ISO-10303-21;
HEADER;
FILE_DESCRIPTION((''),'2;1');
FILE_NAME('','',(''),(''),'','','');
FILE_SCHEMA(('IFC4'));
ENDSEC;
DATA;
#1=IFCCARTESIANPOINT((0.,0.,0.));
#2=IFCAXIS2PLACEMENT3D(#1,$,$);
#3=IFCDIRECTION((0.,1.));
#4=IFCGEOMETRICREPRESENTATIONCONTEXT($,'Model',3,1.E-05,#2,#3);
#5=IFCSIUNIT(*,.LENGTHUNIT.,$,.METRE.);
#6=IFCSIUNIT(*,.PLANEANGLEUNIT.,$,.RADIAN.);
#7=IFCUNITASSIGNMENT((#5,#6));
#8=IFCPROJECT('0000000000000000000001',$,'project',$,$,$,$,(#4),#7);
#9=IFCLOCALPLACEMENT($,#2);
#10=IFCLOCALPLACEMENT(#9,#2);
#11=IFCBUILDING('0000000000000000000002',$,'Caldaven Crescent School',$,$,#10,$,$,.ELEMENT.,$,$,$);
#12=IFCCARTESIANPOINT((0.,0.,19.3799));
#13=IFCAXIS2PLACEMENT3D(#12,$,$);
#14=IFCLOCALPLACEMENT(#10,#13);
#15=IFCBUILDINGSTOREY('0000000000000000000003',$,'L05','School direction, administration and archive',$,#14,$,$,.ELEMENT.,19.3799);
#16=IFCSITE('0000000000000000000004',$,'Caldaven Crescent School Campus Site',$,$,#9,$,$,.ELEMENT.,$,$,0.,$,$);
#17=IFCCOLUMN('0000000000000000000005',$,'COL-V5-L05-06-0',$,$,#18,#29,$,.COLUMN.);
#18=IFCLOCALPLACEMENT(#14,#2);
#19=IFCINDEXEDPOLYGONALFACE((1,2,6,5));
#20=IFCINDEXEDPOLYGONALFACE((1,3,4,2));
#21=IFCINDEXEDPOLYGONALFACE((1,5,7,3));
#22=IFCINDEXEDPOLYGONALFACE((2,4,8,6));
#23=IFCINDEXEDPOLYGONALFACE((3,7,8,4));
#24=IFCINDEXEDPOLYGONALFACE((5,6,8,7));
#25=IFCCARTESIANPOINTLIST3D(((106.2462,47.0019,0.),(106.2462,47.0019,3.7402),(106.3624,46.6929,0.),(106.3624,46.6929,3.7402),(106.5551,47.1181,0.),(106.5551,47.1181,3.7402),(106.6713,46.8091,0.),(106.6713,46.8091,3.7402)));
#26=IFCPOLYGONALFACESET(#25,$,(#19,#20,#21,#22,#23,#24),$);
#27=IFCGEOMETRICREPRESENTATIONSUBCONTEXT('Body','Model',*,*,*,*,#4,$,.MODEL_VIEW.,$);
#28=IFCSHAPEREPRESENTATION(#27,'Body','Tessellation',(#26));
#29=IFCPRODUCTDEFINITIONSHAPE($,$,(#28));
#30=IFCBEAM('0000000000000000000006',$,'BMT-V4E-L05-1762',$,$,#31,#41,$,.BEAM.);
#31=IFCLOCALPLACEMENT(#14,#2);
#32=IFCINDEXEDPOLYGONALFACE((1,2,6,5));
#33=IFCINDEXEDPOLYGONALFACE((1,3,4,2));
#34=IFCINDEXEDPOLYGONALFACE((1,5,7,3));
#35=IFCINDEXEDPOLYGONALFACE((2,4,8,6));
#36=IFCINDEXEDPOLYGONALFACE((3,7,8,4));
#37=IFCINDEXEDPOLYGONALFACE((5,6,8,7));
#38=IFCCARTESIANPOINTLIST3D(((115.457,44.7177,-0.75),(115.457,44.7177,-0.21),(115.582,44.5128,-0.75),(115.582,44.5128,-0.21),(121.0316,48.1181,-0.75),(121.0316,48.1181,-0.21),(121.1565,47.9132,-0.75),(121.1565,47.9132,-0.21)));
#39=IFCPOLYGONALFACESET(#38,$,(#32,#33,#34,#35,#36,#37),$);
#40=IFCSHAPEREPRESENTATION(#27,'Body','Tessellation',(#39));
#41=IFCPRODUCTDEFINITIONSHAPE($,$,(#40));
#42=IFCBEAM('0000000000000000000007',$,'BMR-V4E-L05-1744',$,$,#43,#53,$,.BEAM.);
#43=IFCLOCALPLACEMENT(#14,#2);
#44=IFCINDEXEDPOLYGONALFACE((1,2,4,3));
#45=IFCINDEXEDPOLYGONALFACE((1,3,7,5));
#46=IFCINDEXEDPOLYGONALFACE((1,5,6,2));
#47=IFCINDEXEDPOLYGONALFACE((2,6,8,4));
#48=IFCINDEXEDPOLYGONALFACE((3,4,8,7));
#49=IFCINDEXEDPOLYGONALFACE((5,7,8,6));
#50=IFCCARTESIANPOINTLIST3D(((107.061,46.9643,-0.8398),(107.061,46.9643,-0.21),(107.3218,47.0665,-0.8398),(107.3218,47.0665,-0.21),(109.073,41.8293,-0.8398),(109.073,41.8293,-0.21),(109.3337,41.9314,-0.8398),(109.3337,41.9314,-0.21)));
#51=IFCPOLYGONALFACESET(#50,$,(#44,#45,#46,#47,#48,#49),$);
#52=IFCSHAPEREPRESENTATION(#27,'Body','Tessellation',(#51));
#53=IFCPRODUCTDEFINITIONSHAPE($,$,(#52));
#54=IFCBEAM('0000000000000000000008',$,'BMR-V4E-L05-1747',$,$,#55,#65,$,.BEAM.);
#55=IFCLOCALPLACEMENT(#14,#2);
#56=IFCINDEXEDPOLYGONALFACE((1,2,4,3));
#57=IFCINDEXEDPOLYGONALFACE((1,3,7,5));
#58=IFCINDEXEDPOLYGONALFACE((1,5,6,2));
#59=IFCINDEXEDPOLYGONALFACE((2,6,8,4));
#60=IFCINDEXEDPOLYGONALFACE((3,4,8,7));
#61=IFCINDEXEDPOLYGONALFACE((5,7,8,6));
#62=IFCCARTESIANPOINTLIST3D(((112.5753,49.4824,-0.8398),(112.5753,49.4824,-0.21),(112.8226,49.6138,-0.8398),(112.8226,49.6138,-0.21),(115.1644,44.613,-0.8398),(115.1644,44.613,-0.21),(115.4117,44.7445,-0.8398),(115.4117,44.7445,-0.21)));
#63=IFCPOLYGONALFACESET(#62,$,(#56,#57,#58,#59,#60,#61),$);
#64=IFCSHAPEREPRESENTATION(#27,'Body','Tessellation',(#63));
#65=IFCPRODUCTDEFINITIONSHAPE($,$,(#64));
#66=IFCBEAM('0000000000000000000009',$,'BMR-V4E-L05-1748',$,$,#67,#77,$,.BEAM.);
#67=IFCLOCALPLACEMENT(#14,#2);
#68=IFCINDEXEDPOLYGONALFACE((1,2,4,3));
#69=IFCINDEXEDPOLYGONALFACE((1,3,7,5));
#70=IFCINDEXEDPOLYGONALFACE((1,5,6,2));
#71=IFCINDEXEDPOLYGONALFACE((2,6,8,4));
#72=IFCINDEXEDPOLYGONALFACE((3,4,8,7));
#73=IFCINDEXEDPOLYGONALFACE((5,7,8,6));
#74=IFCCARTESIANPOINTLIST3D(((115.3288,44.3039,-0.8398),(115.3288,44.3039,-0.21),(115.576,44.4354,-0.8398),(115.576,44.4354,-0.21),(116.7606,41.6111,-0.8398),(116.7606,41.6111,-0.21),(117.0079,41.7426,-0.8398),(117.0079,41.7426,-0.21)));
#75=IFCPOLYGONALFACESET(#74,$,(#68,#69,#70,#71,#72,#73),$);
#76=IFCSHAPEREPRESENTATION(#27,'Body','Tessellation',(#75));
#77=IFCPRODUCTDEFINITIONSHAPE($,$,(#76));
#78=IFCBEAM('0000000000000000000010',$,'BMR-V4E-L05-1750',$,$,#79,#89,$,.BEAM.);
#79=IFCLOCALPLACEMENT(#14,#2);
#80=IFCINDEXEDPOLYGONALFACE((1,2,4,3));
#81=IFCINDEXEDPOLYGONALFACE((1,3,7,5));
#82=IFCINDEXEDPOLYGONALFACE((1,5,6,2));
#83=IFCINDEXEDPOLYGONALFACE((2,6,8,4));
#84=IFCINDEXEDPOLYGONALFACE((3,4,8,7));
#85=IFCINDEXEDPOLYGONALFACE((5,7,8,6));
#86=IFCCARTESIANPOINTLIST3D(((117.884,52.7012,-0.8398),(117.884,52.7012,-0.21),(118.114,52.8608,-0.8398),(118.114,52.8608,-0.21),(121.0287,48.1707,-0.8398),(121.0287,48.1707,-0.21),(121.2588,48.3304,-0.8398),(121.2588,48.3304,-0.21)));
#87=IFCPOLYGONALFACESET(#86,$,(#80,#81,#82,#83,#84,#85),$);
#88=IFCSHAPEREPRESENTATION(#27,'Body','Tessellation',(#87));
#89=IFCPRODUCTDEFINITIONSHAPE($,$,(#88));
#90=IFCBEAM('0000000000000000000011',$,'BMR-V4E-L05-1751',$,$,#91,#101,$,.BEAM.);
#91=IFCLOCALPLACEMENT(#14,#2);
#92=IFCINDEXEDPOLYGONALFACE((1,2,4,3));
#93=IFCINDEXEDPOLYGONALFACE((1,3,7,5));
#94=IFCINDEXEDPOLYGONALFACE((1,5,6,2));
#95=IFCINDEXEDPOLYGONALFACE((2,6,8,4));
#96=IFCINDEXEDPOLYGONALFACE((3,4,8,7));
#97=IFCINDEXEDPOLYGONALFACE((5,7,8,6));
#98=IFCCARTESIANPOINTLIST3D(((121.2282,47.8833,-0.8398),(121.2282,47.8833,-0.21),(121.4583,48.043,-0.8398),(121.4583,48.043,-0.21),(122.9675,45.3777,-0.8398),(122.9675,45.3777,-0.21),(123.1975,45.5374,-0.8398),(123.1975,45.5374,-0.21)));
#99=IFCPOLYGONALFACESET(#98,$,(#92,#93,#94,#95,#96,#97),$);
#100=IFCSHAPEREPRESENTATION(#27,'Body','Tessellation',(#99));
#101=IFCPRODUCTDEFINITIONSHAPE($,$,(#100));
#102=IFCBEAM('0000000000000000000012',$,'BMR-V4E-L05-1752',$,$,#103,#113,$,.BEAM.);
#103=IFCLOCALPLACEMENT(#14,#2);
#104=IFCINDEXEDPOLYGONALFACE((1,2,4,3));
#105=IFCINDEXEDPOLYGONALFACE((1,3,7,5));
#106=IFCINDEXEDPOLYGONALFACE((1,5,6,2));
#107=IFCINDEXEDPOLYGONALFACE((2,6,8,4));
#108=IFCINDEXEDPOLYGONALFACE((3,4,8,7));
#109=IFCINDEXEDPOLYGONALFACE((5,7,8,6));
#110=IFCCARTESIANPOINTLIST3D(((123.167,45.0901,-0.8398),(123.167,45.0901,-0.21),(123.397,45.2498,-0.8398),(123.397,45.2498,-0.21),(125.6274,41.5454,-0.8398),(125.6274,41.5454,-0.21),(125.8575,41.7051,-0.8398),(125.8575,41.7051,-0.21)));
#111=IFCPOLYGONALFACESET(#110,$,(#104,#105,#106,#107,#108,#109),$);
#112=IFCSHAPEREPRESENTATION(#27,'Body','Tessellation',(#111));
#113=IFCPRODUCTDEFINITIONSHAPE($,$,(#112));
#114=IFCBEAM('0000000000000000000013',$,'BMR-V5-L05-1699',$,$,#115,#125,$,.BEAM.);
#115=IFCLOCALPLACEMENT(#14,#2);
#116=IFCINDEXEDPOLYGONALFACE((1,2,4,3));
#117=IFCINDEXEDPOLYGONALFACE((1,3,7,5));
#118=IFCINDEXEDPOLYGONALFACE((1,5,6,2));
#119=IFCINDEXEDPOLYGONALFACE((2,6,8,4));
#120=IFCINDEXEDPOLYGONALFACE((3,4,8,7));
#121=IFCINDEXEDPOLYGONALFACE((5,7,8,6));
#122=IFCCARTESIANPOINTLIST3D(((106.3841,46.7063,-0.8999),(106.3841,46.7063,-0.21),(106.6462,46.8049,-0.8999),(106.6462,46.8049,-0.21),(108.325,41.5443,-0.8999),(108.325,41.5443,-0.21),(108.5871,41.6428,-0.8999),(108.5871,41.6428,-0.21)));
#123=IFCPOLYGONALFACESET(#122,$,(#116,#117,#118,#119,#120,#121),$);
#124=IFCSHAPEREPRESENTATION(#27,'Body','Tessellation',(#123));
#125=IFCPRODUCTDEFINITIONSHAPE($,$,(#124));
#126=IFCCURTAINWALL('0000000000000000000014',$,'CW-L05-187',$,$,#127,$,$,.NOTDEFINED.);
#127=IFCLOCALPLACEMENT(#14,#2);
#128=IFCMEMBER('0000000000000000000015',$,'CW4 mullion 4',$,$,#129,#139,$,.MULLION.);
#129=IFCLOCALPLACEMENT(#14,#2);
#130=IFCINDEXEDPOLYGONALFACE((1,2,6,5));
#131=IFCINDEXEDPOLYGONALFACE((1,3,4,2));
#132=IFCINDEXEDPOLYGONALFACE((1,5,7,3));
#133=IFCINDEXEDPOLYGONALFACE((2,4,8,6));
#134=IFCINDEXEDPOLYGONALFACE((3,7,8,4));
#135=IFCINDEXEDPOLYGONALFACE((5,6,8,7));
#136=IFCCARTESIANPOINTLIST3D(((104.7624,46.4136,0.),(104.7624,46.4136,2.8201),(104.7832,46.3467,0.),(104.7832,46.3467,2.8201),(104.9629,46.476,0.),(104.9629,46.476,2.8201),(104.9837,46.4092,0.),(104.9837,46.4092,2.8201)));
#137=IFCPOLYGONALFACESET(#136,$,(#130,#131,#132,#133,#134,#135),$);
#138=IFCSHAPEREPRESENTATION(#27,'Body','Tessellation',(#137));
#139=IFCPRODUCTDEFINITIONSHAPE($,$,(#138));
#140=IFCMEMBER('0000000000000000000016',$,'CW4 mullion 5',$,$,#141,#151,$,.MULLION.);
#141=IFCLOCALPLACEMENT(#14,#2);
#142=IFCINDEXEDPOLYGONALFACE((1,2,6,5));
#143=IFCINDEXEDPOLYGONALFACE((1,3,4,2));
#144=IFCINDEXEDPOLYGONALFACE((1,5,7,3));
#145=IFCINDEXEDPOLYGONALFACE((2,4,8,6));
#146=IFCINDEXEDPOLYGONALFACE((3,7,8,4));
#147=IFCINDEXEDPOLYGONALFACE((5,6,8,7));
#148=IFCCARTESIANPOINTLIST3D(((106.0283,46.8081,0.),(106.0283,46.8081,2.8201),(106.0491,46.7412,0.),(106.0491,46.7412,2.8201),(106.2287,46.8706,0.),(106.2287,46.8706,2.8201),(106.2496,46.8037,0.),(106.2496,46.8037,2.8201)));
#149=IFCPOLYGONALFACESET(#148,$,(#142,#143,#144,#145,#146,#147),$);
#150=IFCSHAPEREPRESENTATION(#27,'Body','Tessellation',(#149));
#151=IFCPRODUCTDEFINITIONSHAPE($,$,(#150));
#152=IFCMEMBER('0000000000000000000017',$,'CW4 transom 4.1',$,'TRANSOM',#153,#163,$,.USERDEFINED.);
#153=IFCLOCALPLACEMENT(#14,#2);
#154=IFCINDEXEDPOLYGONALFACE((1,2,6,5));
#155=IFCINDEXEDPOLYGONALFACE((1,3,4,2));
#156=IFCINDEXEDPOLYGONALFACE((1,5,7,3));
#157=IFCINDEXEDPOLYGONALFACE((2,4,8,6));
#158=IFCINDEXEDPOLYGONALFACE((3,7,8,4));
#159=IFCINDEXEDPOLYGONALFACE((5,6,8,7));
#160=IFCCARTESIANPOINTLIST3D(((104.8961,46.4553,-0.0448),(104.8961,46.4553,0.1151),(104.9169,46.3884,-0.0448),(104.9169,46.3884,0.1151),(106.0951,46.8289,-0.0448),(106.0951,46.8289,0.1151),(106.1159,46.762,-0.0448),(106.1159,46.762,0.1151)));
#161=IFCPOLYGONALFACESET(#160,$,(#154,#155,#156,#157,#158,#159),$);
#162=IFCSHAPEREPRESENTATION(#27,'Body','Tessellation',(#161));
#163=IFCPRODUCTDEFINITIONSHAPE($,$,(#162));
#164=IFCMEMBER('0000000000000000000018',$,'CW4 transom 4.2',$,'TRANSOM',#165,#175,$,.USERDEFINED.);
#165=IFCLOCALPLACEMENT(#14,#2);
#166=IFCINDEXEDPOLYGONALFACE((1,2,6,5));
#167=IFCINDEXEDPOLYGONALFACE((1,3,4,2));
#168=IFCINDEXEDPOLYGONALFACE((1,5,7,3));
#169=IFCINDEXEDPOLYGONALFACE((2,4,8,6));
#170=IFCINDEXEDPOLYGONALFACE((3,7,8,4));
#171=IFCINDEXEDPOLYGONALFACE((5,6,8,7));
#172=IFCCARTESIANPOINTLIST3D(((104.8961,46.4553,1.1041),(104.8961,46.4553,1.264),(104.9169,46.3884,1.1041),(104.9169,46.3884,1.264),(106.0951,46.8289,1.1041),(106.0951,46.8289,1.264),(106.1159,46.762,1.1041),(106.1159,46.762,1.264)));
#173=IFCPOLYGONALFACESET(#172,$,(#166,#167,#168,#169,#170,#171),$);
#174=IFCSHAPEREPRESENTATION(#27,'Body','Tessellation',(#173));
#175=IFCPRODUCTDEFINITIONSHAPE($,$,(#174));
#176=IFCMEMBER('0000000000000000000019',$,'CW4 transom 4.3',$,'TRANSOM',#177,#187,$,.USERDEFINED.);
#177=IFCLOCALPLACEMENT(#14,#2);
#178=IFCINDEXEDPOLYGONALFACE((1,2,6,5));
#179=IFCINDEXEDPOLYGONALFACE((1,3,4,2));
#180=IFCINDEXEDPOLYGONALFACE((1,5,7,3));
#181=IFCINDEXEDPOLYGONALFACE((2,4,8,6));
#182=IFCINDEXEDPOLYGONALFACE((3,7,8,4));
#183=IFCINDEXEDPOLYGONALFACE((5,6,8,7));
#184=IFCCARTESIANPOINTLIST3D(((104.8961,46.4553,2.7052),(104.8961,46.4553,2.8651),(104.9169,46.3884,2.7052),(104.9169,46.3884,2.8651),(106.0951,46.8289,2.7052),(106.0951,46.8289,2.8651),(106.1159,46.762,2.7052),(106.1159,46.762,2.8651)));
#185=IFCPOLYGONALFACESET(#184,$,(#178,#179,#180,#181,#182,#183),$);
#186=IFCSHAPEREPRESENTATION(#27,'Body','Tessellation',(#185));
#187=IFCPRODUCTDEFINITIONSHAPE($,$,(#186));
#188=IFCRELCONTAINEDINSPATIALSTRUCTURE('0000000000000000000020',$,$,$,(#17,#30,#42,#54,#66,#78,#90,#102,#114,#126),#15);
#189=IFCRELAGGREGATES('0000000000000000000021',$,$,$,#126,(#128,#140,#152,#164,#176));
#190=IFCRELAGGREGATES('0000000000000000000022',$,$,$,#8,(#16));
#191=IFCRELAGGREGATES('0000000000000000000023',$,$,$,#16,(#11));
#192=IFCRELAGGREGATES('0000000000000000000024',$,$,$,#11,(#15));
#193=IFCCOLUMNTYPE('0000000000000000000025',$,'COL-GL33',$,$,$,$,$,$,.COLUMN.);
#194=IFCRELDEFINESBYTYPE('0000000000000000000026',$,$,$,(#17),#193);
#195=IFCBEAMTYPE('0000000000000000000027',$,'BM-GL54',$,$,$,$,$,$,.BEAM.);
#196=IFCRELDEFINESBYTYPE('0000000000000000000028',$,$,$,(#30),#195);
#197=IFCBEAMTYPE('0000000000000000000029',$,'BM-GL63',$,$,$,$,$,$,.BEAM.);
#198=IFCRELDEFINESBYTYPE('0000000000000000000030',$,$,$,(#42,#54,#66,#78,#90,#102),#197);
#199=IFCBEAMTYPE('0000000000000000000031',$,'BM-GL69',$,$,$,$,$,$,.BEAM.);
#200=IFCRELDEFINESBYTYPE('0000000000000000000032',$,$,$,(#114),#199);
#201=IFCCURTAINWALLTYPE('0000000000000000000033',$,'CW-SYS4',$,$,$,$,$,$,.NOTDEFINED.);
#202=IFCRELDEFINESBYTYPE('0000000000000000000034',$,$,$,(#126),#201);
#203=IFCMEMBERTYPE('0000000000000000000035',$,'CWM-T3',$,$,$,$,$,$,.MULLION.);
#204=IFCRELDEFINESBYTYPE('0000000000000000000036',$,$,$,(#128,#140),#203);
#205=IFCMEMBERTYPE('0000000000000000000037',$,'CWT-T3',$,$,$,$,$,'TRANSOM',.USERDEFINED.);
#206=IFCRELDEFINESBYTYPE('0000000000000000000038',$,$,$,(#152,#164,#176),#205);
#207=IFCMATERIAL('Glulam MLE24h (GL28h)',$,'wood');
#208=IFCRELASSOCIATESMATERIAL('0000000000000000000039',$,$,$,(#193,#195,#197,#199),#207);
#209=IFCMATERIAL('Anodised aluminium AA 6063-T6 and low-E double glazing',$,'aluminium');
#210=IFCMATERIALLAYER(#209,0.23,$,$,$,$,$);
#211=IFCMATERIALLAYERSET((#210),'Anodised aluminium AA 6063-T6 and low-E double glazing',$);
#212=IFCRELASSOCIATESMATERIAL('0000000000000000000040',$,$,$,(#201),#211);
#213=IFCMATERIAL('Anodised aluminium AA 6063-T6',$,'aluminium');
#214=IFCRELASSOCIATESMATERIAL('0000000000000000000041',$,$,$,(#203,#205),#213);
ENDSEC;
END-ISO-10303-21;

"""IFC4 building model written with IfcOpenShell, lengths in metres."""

from ifc_helpers import new_model, si_unit, direction, frame, origin, origin_2d, place, context, subcontext, project, spatial, rectangle, extrude, material, layer, layer_set, material_profile, profile_set, type_object, element, aggregate, save


model = new_model("IFC4")

# Units and contexts
model_context = context("Model", 3, precision=1e-05, world=origin(), true_north=direction((0.0, 1.0)))
body_context = subcontext(model_context, "Body", "Model", "MODEL_VIEW")
ifc_project = project(units=[si_unit("LENGTHUNIT", "METRE"), si_unit("PLANEANGLEUNIT", "RADIAN")], contexts=[model_context])

# Site, building, storey
site_placement = place(None, origin())
site = spatial("IfcSite", under=ifc_project, at=site_placement, Name="Caldaven Crescent School Campus Site", CompositionType="ELEMENT", RefElevation=0.0)
building_placement = place(site_placement, origin())
building = spatial("IfcBuilding", under=site, at=building_placement, Name="Caldaven Crescent School", CompositionType="ELEMENT")
storey_placement = place(building_placement, frame((0.0, 0.0, 19.3799)))
storey = spatial("IfcBuildingStorey", under=building, at=storey_placement, Name="L05", Description="School direction, administration and archive", CompositionType="ELEMENT", Elevation=19.3799)

# Column
ifc_material_1 = material(Name="Glulam MLE24h (GL28h)", Category="wood")
ifc_material_profile_1 = material_profile(ifc_material_1, rectangle(XDim=0.3301, YDim=0.3301, at=origin_2d()), Name="MLE 330x330")
ifc_profile_set_1 = profile_set([ifc_material_profile_1], Name="Glulam MLE24h (GL28h)")
column_type = type_object("IfcColumnType", Name="COL-GL33", PredefinedType="COLUMN", material=ifc_profile_set_1)
column_placement = place(storey_placement, frame((106.4587, 46.9055, 0.0), z_axis=(0.0, 0.0, 1.0), x_axis=(0.352005, -0.935998, 0.0)))
element("IfcColumn", 1, at=column_placement, inside=storey, type_object=column_type, Name="COL-V5-L05-06-0", PredefinedType="COLUMN", context=body_context, shape_type="SweptSolid", body=[
    extrude(rectangle(XDim=0.3301, YDim=0.3301, at=origin_2d()), origin(), (0.0, 0.0, 1.0), 3.7402),
])

# Beams
ifc_material_profile_2 = material_profile(ifc_material_1, rectangle(XDim=0.24, YDim=0.54, at=origin_2d()), Name="MLE 240x540")
ifc_profile_set_2 = profile_set([ifc_material_profile_2], Name="Glulam MLE24h (GL28h)")
beam_type_1 = type_object("IfcBeamType", Name="BM-GL54", PredefinedType="BEAM", material=ifc_profile_set_2)
beam_1_placement = place(storey_placement, frame((115.5195, 44.6152, -0.48), z_axis=(0.853706, 0.520756, 0.0), x_axis=(-0.520756, 0.853706, 0.0)))
element("IfcBeam", 2, at=beam_1_placement, inside=storey, type_object=beam_type_1, Name="BMT-V4E-L05-1762", PredefinedType="BEAM", context=body_context, shape_type="SweptSolid", body=[
    extrude(rectangle(XDim=0.24, YDim=0.54, at=origin_2d()), origin(), (0.0, 0.0, 1.0), 6.5298),
])
ifc_material_profile_3 = material_profile(ifc_material_1, rectangle(XDim=0.28, YDim=0.6299, at=origin_2d()), Name="MLE 280x630")
ifc_profile_set_3 = profile_set([ifc_material_profile_3], Name="Glulam MLE24h (GL28h)")
beam_type_2 = type_object("IfcBeamType", Name="BM-GL63", PredefinedType="BEAM", material=ifc_profile_set_3)
beam_2_placement = place(storey_placement, frame((107.1914, 47.0154, -0.5249), z_axis=(0.36481, -0.931082, 0.0), x_axis=(0.931082, 0.36481, 0.0)))
element("IfcBeam", 3, at=beam_2_placement, inside=storey, type_object=beam_type_2, Name="BMR-V4E-L05-1744", PredefinedType="BEAM", context=body_context, shape_type="SweptSolid", body=[
    extrude(rectangle(XDim=0.28, YDim=0.6299, at=origin_2d()), origin(), (0.0, 0.0, 1.0), 5.5151),
])
beam_3_placement = place(storey_placement, frame((112.699, 49.5481, -0.5249), z_axis=(0.469473, -0.882947, 0.0), x_axis=(0.882947, 0.469473, 0.0)))
element("IfcBeam", 4, at=beam_3_placement, inside=storey, type_object=beam_type_2, Name="BMR-V4E-L05-1747", PredefinedType="BEAM", context=body_context, shape_type="SweptSolid", body=[
    extrude(rectangle(XDim=0.28, YDim=0.6299, at=origin_2d()), origin(), (0.0, 0.0, 1.0), 5.5149),
])
beam_4_placement = place(storey_placement, frame((115.4524, 44.3696, -0.5249), z_axis=(0.469487, -0.882939, 0.0), x_axis=(0.882939, 0.469487, 0.0)))
element("IfcBeam", 5, at=beam_4_placement, inside=storey, type_object=beam_type_2, Name="BMR-V4E-L05-1748", PredefinedType="BEAM", context=body_context, shape_type="SweptSolid", body=[
    extrude(rectangle(XDim=0.28, YDim=0.6299, at=origin_2d()), origin(), (0.0, 0.0, 1.0), 3.0498),
])
beam_5_placement = place(storey_placement, frame((117.999, 52.781, -0.5249), z_axis=(0.570222, -0.82149, 0.0), x_axis=(0.82149, 0.570222, 0.0)))
element("IfcBeam", 6, at=beam_5_placement, inside=storey, type_object=beam_type_2, Name="BMR-V4E-L05-1750", PredefinedType="BEAM", context=body_context, shape_type="SweptSolid", body=[
    extrude(rectangle(XDim=0.28, YDim=0.6299, at=origin_2d()), origin(), (0.0, 0.0, 1.0), 5.5149),
])
beam_6_placement = place(storey_placement, frame((121.3433, 47.9631, -0.5249), z_axis=(0.570229, -0.821486, 0.0), x_axis=(0.821486, 0.570229, 0.0)))
element("IfcBeam", 7, at=beam_6_placement, inside=storey, type_object=beam_type_2, Name="BMR-V4E-L05-1751", PredefinedType="BEAM", context=body_context, shape_type="SweptSolid", body=[
    extrude(rectangle(XDim=0.28, YDim=0.6299, at=origin_2d()), origin(), (0.0, 0.0, 1.0), 3.05),
])
beam_7_placement = place(storey_placement, frame((123.282, 45.1699, -0.5249), z_axis=(0.570219, -0.821493, 0.0), x_axis=(0.821493, 0.570219, 0.0)))
element("IfcBeam", 8, at=beam_7_placement, inside=storey, type_object=beam_type_2, Name="BMR-V4E-L05-1752", PredefinedType="BEAM", context=body_context, shape_type="SweptSolid", body=[
    extrude(rectangle(XDim=0.28, YDim=0.6299, at=origin_2d()), origin(), (0.0, 0.0, 1.0), 4.3149),
])
ifc_material_profile_4 = material_profile(ifc_material_1, rectangle(XDim=0.28, YDim=0.6899, at=origin_2d()), Name="MLE 280x690")
ifc_profile_set_4 = profile_set([ifc_material_profile_4], Name="Glulam MLE24h (GL28h)")
beam_type_3 = type_object("IfcBeamType", Name="BM-GL69", PredefinedType="BEAM", material=ifc_profile_set_4)
beam_8_placement = place(storey_placement, frame((106.5151, 46.7556, -0.5549), z_axis=(0.351938, -0.936023, 0.0), x_axis=(0.936023, 0.351938, 0.0)))
element("IfcBeam", 9, at=beam_8_placement, inside=storey, type_object=beam_type_3, Name="BMR-V5-L05-1699", PredefinedType="BEAM", context=body_context, shape_type="SweptSolid", body=[
    extrude(rectangle(XDim=0.28, YDim=0.6899, at=origin_2d()), origin(), (0.0, 0.0, 1.0), 5.5149),
])

# Curtain wall, members
ifc_material_2 = material(Name="Anodised aluminium AA 6063-T6 and low-E double glazing", Category="aluminium")
ifc_layer_1 = layer(ifc_material_2, 0.23)
ifc_layer_set_1 = layer_set([ifc_layer_1], Name="Anodised aluminium AA 6063-T6 and low-E double glazing")
curtain_wall_type = type_object("IfcCurtainWallType", Name="CW-SYS4", PredefinedType="NOTDEFINED", material=ifc_layer_set_1)
curtain_wall_placement = place(storey_placement, origin())
curtain_wall = element("IfcCurtainWall", 10, at=curtain_wall_placement, inside=storey, type_object=curtain_wall_type, Name="CW-L05-187", PredefinedType="NOTDEFINED")
ifc_material_3 = material(Name="Anodised aluminium AA 6063-T6", Category="aluminium")
ifc_material_profile_5 = material_profile(ifc_material_3, rectangle(XDim=0.0701, YDim=0.21, at=origin_2d()), Name="CWM 70x210")
ifc_profile_set_5 = profile_set([ifc_material_profile_5], Name="Anodised aluminium AA 6063-T6")
member_type_1 = type_object("IfcMemberType", Name="CWM-T3", PredefinedType="MULLION", material=ifc_profile_set_5)
member_1_placement = place(storey_placement, frame((104.873, 46.4114, 0.0), z_axis=(0.0, 0.0, 1.0), x_axis=(-0.29742, 0.954747, 0.0)))
member_1 = element("IfcMember", 11, at=member_1_placement, type_object=member_type_1, Name="CW4 mullion 4", PredefinedType="MULLION", context=body_context, shape_type="SweptSolid", body=[
    extrude(rectangle(XDim=0.0701, YDim=0.21, at=origin_2d()), origin(), (0.0, 0.0, 1.0), 2.8201),
])
member_2_placement = place(storey_placement, frame((106.1389, 46.8059, 0.0), z_axis=(0.0, 0.0, 1.0), x_axis=(-0.29742, 0.954747, 0.0)))
member_2 = element("IfcMember", 12, at=member_2_placement, type_object=member_type_1, Name="CW4 mullion 5", PredefinedType="MULLION", context=body_context, shape_type="SweptSolid", body=[
    extrude(rectangle(XDim=0.0701, YDim=0.21, at=origin_2d()), origin(), (0.0, 0.0, 1.0), 2.8201),
])
ifc_material_profile_6 = material_profile(ifc_material_3, rectangle(XDim=0.0701, YDim=0.1599, at=origin_2d()), Name="CWT 70x160")
ifc_profile_set_6 = profile_set([ifc_material_profile_6], Name="Anodised aluminium AA 6063-T6")
member_type_2 = type_object("IfcMemberType", Name="CWT-T3", ElementType="TRANSOM", PredefinedType="USERDEFINED", material=ifc_profile_set_6)
member_3_placement = place(storey_placement, frame((104.9065, 46.4219, 0.0352), z_axis=(0.954739, 0.297445, 0.0), x_axis=(-0.297445, 0.954739, 0.0)))
member_3 = element("IfcMember", 13, at=member_3_placement, type_object=member_type_2, Name="CW4 transom 4.1", ObjectType="TRANSOM", PredefinedType="USERDEFINED", context=body_context, shape_type="SweptSolid", body=[
    extrude(rectangle(XDim=0.0701, YDim=0.1599, at=origin_2d()), origin(), (0.0, 0.0, 1.0), 1.2559),
])
member_4_placement = place(storey_placement, frame((104.9065, 46.4219, 1.1841), z_axis=(0.954739, 0.297445, 0.0), x_axis=(-0.297445, 0.954739, 0.0)))
member_4 = element("IfcMember", 14, at=member_4_placement, type_object=member_type_2, Name="CW4 transom 4.2", ObjectType="TRANSOM", PredefinedType="USERDEFINED", context=body_context, shape_type="SweptSolid", body=[
    extrude(rectangle(XDim=0.0701, YDim=0.1599, at=origin_2d()), origin(), (0.0, 0.0, 1.0), 1.2559),
])
member_5_placement = place(storey_placement, frame((104.9065, 46.4219, 2.7852), z_axis=(0.954739, 0.297445, 0.0), x_axis=(-0.297445, 0.954739, 0.0)))
member_5 = element("IfcMember", 15, at=member_5_placement, type_object=member_type_2, Name="CW4 transom 4.3", ObjectType="TRANSOM", PredefinedType="USERDEFINED", context=body_context, shape_type="SweptSolid", body=[
    extrude(rectangle(XDim=0.0701, YDim=0.1599, at=origin_2d()), origin(), (0.0, 0.0, 1.0), 1.2559),
])

aggregate(curtain_wall, [member_1, member_2, member_3, member_4, member_5])

save(model, "model.ifc")
